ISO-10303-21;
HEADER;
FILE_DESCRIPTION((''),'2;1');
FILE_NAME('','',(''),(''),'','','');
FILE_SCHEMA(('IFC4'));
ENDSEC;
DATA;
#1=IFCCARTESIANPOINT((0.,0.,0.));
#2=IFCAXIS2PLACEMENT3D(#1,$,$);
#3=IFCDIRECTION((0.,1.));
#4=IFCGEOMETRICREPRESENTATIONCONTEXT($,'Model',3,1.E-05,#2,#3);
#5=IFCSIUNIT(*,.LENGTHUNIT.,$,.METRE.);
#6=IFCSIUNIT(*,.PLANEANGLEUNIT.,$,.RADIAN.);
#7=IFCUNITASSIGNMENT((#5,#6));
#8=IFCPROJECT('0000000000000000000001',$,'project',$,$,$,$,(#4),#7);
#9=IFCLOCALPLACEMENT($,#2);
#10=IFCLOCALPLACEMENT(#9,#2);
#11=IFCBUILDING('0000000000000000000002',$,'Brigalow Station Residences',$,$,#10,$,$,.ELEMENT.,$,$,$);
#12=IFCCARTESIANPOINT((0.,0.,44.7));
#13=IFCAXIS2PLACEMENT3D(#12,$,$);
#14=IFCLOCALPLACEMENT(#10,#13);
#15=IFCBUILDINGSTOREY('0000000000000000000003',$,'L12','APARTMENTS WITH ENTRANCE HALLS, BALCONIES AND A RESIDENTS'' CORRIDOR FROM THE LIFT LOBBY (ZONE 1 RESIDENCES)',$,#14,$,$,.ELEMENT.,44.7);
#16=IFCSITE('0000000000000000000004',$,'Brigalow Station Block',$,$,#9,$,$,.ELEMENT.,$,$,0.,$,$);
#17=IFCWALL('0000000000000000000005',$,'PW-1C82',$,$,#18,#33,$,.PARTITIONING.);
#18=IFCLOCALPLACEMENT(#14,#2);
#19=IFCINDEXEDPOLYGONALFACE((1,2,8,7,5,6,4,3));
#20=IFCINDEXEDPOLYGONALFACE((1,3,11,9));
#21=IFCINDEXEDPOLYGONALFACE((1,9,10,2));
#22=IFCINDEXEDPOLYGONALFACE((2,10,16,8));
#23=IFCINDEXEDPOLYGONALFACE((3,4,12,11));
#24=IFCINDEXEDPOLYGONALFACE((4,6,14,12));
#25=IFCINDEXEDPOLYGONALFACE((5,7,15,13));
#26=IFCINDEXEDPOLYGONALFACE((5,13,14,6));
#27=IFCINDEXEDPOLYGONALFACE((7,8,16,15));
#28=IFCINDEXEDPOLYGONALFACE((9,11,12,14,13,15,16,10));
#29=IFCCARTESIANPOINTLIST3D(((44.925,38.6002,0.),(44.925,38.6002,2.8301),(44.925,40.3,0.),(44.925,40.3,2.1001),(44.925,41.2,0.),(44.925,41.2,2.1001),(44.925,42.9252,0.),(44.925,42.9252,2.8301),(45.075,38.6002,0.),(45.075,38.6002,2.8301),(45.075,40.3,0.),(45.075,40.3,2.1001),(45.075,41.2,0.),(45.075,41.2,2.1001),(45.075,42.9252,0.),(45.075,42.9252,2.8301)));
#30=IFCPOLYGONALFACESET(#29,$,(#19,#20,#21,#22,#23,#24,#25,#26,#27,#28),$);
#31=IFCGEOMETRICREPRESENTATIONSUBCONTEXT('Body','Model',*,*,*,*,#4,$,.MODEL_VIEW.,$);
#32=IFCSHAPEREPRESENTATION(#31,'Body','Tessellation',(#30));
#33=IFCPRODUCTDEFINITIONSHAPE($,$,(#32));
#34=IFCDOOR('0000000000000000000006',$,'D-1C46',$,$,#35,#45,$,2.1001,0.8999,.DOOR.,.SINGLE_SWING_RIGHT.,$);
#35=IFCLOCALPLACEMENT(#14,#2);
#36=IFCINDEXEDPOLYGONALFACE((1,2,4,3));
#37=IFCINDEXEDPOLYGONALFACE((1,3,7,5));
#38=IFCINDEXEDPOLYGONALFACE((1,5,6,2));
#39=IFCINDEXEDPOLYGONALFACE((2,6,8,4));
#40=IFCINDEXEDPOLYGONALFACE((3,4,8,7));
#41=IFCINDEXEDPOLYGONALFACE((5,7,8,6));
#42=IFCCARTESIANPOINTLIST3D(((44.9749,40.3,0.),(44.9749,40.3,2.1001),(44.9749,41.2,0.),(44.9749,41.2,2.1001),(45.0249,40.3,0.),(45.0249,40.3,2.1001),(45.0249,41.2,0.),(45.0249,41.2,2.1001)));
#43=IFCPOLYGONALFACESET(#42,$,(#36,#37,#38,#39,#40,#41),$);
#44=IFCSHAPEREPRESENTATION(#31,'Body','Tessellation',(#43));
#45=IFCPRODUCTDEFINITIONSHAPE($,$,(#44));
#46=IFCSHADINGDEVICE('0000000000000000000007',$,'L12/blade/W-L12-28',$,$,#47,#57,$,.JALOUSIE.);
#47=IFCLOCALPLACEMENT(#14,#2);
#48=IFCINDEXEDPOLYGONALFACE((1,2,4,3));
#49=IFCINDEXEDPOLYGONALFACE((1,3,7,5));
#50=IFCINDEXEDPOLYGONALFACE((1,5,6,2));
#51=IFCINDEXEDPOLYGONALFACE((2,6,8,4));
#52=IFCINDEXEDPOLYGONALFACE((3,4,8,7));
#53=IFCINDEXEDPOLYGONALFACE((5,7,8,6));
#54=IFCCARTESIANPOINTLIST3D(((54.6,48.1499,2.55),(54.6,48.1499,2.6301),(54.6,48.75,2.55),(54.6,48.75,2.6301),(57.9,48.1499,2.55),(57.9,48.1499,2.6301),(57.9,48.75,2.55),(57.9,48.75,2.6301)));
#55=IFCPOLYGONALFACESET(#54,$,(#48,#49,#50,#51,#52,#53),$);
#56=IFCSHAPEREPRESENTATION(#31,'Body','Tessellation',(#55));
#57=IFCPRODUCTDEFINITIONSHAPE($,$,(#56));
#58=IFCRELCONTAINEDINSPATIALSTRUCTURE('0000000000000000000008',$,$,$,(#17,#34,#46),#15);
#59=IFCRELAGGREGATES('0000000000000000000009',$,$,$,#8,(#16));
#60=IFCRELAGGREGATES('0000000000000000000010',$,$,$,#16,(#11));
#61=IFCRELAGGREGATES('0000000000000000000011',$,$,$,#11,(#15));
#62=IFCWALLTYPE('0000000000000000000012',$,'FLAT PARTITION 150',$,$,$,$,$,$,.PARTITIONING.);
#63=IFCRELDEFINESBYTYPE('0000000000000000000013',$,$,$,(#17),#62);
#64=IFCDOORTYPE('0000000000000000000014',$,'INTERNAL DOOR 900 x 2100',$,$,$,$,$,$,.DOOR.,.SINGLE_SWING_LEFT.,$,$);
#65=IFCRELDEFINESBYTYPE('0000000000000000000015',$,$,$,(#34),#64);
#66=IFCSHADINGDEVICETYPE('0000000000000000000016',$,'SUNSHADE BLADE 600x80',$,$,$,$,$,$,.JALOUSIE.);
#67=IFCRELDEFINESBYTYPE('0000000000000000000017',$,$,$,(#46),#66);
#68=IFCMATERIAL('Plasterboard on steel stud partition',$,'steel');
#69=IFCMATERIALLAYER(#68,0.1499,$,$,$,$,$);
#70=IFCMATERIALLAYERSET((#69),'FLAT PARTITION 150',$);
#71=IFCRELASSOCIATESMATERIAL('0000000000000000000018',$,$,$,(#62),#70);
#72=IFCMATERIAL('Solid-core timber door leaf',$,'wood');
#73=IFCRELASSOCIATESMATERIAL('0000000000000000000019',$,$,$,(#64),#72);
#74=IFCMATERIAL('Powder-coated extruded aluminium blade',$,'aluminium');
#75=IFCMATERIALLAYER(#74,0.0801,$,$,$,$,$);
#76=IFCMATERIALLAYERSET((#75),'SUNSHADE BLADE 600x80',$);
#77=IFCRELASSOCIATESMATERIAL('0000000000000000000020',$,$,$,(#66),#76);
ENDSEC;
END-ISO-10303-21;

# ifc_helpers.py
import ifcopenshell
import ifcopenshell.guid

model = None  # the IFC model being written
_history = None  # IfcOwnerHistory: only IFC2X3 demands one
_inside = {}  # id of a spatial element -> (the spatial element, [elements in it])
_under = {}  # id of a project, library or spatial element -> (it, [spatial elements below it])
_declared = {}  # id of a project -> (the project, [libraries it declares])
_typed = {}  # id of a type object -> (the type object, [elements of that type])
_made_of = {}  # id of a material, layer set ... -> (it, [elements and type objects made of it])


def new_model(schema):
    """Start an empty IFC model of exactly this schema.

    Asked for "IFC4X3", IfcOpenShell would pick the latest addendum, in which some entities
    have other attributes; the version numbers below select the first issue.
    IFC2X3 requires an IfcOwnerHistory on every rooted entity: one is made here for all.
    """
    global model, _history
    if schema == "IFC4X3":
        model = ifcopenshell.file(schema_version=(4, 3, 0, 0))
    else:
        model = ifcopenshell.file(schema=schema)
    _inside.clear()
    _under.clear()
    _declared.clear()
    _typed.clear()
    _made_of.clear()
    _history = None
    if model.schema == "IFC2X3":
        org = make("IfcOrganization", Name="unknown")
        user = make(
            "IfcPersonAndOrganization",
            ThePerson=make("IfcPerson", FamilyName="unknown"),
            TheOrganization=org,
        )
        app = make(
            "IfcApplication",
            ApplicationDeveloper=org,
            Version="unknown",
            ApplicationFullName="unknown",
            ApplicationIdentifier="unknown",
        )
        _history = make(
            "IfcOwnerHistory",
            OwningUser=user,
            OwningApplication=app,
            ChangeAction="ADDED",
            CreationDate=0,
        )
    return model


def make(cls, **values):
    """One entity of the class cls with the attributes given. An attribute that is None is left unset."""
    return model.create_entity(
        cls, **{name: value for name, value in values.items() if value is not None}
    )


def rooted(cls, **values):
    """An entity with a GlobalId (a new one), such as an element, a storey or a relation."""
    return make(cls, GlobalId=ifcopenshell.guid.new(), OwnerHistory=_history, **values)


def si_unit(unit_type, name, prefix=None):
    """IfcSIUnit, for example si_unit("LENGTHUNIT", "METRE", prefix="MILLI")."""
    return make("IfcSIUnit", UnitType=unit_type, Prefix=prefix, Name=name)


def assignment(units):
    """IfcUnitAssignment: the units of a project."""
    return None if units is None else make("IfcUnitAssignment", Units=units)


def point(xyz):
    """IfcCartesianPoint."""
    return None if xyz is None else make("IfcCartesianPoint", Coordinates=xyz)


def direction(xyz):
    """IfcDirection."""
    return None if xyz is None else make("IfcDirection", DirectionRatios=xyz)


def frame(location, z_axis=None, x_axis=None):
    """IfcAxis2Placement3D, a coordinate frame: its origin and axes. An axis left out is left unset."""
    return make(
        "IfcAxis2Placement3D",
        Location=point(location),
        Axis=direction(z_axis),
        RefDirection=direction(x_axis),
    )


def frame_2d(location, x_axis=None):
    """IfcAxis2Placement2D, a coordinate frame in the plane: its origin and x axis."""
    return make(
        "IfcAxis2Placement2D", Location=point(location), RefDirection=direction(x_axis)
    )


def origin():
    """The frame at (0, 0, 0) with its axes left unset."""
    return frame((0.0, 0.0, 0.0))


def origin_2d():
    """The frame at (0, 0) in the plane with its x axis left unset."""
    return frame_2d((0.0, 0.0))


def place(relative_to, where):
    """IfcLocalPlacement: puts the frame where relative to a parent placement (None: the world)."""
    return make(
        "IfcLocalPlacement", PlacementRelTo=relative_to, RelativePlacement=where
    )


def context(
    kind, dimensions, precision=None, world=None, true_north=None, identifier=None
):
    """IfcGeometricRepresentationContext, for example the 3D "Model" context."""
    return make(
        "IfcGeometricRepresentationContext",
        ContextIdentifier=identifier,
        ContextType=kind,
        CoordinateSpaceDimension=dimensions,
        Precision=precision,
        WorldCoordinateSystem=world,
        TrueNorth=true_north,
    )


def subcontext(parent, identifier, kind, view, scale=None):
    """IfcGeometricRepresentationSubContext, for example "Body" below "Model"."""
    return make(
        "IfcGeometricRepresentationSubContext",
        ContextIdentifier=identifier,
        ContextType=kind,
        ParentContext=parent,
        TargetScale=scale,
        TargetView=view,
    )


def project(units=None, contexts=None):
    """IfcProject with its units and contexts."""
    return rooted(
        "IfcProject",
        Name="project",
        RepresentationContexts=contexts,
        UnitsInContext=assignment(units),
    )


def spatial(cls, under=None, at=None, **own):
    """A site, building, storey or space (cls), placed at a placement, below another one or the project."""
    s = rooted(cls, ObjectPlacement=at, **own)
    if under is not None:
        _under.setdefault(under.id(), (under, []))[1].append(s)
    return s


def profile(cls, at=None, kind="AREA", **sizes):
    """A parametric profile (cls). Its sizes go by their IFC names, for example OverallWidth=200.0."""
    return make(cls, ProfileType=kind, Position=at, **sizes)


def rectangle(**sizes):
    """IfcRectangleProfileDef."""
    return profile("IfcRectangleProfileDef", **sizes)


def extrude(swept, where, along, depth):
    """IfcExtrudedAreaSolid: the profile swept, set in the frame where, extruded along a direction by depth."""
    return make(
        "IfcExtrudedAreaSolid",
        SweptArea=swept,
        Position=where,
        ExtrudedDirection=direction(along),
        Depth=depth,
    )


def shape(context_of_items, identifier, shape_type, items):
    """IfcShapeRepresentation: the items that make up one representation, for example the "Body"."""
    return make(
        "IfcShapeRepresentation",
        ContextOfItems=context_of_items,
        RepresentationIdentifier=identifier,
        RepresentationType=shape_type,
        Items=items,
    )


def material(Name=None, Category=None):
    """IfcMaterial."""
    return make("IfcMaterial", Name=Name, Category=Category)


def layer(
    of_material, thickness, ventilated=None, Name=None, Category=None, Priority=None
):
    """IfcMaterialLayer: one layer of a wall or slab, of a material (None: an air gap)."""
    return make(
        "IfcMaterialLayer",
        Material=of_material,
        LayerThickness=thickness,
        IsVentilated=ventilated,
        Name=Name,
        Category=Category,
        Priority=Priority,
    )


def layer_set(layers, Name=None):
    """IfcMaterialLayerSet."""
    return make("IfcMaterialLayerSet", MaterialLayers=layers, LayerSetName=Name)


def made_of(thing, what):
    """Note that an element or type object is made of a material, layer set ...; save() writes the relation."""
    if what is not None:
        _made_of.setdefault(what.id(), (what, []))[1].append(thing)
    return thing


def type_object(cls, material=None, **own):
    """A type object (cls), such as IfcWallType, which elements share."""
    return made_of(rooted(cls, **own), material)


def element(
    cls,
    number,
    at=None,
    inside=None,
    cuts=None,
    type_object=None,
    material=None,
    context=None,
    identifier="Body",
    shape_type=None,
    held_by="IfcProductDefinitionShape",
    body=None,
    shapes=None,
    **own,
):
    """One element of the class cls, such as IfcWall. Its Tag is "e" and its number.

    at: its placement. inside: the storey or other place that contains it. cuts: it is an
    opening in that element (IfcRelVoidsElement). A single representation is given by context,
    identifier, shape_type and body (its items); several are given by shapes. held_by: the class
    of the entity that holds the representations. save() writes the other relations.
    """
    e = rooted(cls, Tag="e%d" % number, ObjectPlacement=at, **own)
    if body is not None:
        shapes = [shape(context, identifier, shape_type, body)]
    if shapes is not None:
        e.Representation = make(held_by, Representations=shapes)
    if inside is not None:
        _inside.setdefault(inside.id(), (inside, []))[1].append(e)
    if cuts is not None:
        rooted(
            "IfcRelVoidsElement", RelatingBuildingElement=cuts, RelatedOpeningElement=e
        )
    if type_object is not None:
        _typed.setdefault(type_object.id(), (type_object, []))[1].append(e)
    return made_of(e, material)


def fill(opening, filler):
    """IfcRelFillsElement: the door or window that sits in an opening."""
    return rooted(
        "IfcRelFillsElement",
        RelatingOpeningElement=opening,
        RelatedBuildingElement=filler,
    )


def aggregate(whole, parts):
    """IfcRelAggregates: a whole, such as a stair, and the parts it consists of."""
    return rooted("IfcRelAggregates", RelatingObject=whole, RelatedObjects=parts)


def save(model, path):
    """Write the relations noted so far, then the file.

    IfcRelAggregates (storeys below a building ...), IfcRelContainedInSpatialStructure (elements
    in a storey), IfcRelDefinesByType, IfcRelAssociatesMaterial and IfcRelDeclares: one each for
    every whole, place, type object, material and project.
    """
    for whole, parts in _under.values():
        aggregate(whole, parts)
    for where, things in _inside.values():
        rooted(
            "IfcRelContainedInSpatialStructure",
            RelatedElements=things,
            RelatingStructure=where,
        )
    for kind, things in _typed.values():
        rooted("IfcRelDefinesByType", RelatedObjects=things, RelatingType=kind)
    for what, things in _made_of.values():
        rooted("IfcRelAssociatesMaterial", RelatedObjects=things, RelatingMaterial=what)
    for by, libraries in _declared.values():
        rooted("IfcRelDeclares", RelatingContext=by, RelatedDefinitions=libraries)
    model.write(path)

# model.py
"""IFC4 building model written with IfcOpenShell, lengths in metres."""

from ifc_helpers import new_model, si_unit, direction, frame, frame_2d, origin, origin_2d, place, context, subcontext, project, spatial, rectangle, extrude, material, layer, layer_set, type_object, element, fill, save


model = new_model("IFC4")

# Units and contexts
model_context = context("Model", 3, precision=1e-05, world=origin(), true_north=direction((0.0, 1.0)))
body_context = subcontext(model_context, "Body", "Model", "MODEL_VIEW")
ifc_project = project(units=[si_unit("LENGTHUNIT", "METRE"), si_unit("PLANEANGLEUNIT", "RADIAN")], contexts=[model_context])

# Site, building, storey
site_placement = place(None, origin())
site = spatial("IfcSite", under=ifc_project, at=site_placement, Name="Brigalow Station Block", CompositionType="ELEMENT", RefElevation=0.0)
building_placement = place(site_placement, origin())
building = spatial("IfcBuilding", under=site, at=building_placement, Name="Brigalow Station Residences", CompositionType="ELEMENT")
storey_placement = place(building_placement, frame((0.0, 0.0, 44.7)))
storey = spatial("IfcBuildingStorey", under=building, at=storey_placement, Name="L12", Description="APARTMENTS WITH ENTRANCE HALLS, BALCONIES AND A RESIDENTS' CORRIDOR FROM THE LIFT LOBBY (ZONE 1 RESIDENCES)", CompositionType="ELEMENT", Elevation=44.7)

# Shared definitions
ifc_material_1 = material(Name="Plasterboard on steel stud partition", Category="steel")
ifc_layer_1 = layer(ifc_material_1, 0.1499)
ifc_layer_set_1 = layer_set([ifc_layer_1], Name="FLAT PARTITION 150")
wall_type_1 = type_object("IfcWallType", Name="FLAT PARTITION 150", PredefinedType="PARTITIONING", material=ifc_layer_set_1)
ifc_material_2 = material(Name="Solid-core timber door leaf", Category="wood")
door_type_1 = type_object("IfcDoorType", Name="INTERNAL DOOR 900 x 2100", OperationType="SINGLE_SWING_LEFT", PredefinedType="DOOR", material=ifc_material_2)

# Wall, opening, door
wall_1_placement = place(storey_placement, frame((45.0, 38.6001, 0.0), z_axis=(0.0, 0.0, 1.0), x_axis=(0.0, 1.0, 0.0)))
wall_1 = element("IfcWall", 1, at=wall_1_placement, inside=storey, type_object=wall_type_1, Name="PW-1C82", PredefinedType="PARTITIONING", context=body_context, shape_type="SweptSolid", body=[
    extrude(rectangle(XDim=4.325, YDim=0.1499, at=frame_2d((2.1626, 0.0))), origin(), (0.0, 0.0, 1.0), 2.8301),
])
opening_1_placement = place(wall_1_placement, frame((1.7, 0.0, 0.0)))
opening_1 = element("IfcOpeningElement", 2, at=opening_1_placement, cuts=wall_1, PredefinedType="OPENING", context=body_context, shape_type="SweptSolid", body=[
    extrude(rectangle(XDim=0.8999, YDim=2.1001, at=frame_2d((0.45, 1.05))), frame((0.0, 0.085, 0.0), z_axis=(0.0, -1.0, 0.0), x_axis=(1.0, 0.0, 0.0)), (0.0, 0.0, 1.0), 0.1699),
])
door_1_placement = place(opening_1_placement, frame((0.8999, 0.0, 0.0), z_axis=(0.0, 0.0, 1.0), x_axis=(-1.0, 0.0, 0.0)))
door_1 = element("IfcDoor", 3, at=door_1_placement, inside=storey, type_object=door_type_1, Name="D-1C46", OperationType="SINGLE_SWING_RIGHT", OverallHeight=2.1001, OverallWidth=0.8999, PredefinedType="DOOR", context=body_context, shape_type="SweptSolid", body=[
    extrude(rectangle(XDim=0.8999, YDim=2.1001, at=frame_2d((0.45, 1.05))), frame((0.0, 0.0249, 0.0), z_axis=(0.0, -1.0, 0.0), x_axis=(1.0, 0.0, 0.0)), (0.0, 0.0, 1.0), 0.05),
])
fill(opening_1, door_1)

# Shading device
ifc_material_3 = material(Name="Powder-coated extruded aluminium blade", Category="aluminium")
ifc_layer_2 = layer(ifc_material_3, 0.0801)
ifc_layer_set_2 = layer_set([ifc_layer_2], Name="SUNSHADE BLADE 600x80")
shading_device_type = type_object("IfcShadingDeviceType", Name="SUNSHADE BLADE 600x80", PredefinedType="JALOUSIE", material=ifc_layer_set_2)
shading_device_placement = place(storey_placement, frame((56.25, 48.45, 2.55), z_axis=(0.0, 0.0, 1.0), x_axis=(-1.0, 0.0, 0.0)))
element("IfcShadingDevice", 4, at=shading_device_placement, inside=storey, type_object=shading_device_type, Name="L12/blade/W-L12-28", PredefinedType="JALOUSIE", context=body_context, shape_type="SweptSolid", body=[
    extrude(rectangle(XDim=3.3, YDim=0.6001, at=origin_2d()), origin(), (0.0, 0.0, 1.0), 0.0801),
])

save(model, "model.ifc")
